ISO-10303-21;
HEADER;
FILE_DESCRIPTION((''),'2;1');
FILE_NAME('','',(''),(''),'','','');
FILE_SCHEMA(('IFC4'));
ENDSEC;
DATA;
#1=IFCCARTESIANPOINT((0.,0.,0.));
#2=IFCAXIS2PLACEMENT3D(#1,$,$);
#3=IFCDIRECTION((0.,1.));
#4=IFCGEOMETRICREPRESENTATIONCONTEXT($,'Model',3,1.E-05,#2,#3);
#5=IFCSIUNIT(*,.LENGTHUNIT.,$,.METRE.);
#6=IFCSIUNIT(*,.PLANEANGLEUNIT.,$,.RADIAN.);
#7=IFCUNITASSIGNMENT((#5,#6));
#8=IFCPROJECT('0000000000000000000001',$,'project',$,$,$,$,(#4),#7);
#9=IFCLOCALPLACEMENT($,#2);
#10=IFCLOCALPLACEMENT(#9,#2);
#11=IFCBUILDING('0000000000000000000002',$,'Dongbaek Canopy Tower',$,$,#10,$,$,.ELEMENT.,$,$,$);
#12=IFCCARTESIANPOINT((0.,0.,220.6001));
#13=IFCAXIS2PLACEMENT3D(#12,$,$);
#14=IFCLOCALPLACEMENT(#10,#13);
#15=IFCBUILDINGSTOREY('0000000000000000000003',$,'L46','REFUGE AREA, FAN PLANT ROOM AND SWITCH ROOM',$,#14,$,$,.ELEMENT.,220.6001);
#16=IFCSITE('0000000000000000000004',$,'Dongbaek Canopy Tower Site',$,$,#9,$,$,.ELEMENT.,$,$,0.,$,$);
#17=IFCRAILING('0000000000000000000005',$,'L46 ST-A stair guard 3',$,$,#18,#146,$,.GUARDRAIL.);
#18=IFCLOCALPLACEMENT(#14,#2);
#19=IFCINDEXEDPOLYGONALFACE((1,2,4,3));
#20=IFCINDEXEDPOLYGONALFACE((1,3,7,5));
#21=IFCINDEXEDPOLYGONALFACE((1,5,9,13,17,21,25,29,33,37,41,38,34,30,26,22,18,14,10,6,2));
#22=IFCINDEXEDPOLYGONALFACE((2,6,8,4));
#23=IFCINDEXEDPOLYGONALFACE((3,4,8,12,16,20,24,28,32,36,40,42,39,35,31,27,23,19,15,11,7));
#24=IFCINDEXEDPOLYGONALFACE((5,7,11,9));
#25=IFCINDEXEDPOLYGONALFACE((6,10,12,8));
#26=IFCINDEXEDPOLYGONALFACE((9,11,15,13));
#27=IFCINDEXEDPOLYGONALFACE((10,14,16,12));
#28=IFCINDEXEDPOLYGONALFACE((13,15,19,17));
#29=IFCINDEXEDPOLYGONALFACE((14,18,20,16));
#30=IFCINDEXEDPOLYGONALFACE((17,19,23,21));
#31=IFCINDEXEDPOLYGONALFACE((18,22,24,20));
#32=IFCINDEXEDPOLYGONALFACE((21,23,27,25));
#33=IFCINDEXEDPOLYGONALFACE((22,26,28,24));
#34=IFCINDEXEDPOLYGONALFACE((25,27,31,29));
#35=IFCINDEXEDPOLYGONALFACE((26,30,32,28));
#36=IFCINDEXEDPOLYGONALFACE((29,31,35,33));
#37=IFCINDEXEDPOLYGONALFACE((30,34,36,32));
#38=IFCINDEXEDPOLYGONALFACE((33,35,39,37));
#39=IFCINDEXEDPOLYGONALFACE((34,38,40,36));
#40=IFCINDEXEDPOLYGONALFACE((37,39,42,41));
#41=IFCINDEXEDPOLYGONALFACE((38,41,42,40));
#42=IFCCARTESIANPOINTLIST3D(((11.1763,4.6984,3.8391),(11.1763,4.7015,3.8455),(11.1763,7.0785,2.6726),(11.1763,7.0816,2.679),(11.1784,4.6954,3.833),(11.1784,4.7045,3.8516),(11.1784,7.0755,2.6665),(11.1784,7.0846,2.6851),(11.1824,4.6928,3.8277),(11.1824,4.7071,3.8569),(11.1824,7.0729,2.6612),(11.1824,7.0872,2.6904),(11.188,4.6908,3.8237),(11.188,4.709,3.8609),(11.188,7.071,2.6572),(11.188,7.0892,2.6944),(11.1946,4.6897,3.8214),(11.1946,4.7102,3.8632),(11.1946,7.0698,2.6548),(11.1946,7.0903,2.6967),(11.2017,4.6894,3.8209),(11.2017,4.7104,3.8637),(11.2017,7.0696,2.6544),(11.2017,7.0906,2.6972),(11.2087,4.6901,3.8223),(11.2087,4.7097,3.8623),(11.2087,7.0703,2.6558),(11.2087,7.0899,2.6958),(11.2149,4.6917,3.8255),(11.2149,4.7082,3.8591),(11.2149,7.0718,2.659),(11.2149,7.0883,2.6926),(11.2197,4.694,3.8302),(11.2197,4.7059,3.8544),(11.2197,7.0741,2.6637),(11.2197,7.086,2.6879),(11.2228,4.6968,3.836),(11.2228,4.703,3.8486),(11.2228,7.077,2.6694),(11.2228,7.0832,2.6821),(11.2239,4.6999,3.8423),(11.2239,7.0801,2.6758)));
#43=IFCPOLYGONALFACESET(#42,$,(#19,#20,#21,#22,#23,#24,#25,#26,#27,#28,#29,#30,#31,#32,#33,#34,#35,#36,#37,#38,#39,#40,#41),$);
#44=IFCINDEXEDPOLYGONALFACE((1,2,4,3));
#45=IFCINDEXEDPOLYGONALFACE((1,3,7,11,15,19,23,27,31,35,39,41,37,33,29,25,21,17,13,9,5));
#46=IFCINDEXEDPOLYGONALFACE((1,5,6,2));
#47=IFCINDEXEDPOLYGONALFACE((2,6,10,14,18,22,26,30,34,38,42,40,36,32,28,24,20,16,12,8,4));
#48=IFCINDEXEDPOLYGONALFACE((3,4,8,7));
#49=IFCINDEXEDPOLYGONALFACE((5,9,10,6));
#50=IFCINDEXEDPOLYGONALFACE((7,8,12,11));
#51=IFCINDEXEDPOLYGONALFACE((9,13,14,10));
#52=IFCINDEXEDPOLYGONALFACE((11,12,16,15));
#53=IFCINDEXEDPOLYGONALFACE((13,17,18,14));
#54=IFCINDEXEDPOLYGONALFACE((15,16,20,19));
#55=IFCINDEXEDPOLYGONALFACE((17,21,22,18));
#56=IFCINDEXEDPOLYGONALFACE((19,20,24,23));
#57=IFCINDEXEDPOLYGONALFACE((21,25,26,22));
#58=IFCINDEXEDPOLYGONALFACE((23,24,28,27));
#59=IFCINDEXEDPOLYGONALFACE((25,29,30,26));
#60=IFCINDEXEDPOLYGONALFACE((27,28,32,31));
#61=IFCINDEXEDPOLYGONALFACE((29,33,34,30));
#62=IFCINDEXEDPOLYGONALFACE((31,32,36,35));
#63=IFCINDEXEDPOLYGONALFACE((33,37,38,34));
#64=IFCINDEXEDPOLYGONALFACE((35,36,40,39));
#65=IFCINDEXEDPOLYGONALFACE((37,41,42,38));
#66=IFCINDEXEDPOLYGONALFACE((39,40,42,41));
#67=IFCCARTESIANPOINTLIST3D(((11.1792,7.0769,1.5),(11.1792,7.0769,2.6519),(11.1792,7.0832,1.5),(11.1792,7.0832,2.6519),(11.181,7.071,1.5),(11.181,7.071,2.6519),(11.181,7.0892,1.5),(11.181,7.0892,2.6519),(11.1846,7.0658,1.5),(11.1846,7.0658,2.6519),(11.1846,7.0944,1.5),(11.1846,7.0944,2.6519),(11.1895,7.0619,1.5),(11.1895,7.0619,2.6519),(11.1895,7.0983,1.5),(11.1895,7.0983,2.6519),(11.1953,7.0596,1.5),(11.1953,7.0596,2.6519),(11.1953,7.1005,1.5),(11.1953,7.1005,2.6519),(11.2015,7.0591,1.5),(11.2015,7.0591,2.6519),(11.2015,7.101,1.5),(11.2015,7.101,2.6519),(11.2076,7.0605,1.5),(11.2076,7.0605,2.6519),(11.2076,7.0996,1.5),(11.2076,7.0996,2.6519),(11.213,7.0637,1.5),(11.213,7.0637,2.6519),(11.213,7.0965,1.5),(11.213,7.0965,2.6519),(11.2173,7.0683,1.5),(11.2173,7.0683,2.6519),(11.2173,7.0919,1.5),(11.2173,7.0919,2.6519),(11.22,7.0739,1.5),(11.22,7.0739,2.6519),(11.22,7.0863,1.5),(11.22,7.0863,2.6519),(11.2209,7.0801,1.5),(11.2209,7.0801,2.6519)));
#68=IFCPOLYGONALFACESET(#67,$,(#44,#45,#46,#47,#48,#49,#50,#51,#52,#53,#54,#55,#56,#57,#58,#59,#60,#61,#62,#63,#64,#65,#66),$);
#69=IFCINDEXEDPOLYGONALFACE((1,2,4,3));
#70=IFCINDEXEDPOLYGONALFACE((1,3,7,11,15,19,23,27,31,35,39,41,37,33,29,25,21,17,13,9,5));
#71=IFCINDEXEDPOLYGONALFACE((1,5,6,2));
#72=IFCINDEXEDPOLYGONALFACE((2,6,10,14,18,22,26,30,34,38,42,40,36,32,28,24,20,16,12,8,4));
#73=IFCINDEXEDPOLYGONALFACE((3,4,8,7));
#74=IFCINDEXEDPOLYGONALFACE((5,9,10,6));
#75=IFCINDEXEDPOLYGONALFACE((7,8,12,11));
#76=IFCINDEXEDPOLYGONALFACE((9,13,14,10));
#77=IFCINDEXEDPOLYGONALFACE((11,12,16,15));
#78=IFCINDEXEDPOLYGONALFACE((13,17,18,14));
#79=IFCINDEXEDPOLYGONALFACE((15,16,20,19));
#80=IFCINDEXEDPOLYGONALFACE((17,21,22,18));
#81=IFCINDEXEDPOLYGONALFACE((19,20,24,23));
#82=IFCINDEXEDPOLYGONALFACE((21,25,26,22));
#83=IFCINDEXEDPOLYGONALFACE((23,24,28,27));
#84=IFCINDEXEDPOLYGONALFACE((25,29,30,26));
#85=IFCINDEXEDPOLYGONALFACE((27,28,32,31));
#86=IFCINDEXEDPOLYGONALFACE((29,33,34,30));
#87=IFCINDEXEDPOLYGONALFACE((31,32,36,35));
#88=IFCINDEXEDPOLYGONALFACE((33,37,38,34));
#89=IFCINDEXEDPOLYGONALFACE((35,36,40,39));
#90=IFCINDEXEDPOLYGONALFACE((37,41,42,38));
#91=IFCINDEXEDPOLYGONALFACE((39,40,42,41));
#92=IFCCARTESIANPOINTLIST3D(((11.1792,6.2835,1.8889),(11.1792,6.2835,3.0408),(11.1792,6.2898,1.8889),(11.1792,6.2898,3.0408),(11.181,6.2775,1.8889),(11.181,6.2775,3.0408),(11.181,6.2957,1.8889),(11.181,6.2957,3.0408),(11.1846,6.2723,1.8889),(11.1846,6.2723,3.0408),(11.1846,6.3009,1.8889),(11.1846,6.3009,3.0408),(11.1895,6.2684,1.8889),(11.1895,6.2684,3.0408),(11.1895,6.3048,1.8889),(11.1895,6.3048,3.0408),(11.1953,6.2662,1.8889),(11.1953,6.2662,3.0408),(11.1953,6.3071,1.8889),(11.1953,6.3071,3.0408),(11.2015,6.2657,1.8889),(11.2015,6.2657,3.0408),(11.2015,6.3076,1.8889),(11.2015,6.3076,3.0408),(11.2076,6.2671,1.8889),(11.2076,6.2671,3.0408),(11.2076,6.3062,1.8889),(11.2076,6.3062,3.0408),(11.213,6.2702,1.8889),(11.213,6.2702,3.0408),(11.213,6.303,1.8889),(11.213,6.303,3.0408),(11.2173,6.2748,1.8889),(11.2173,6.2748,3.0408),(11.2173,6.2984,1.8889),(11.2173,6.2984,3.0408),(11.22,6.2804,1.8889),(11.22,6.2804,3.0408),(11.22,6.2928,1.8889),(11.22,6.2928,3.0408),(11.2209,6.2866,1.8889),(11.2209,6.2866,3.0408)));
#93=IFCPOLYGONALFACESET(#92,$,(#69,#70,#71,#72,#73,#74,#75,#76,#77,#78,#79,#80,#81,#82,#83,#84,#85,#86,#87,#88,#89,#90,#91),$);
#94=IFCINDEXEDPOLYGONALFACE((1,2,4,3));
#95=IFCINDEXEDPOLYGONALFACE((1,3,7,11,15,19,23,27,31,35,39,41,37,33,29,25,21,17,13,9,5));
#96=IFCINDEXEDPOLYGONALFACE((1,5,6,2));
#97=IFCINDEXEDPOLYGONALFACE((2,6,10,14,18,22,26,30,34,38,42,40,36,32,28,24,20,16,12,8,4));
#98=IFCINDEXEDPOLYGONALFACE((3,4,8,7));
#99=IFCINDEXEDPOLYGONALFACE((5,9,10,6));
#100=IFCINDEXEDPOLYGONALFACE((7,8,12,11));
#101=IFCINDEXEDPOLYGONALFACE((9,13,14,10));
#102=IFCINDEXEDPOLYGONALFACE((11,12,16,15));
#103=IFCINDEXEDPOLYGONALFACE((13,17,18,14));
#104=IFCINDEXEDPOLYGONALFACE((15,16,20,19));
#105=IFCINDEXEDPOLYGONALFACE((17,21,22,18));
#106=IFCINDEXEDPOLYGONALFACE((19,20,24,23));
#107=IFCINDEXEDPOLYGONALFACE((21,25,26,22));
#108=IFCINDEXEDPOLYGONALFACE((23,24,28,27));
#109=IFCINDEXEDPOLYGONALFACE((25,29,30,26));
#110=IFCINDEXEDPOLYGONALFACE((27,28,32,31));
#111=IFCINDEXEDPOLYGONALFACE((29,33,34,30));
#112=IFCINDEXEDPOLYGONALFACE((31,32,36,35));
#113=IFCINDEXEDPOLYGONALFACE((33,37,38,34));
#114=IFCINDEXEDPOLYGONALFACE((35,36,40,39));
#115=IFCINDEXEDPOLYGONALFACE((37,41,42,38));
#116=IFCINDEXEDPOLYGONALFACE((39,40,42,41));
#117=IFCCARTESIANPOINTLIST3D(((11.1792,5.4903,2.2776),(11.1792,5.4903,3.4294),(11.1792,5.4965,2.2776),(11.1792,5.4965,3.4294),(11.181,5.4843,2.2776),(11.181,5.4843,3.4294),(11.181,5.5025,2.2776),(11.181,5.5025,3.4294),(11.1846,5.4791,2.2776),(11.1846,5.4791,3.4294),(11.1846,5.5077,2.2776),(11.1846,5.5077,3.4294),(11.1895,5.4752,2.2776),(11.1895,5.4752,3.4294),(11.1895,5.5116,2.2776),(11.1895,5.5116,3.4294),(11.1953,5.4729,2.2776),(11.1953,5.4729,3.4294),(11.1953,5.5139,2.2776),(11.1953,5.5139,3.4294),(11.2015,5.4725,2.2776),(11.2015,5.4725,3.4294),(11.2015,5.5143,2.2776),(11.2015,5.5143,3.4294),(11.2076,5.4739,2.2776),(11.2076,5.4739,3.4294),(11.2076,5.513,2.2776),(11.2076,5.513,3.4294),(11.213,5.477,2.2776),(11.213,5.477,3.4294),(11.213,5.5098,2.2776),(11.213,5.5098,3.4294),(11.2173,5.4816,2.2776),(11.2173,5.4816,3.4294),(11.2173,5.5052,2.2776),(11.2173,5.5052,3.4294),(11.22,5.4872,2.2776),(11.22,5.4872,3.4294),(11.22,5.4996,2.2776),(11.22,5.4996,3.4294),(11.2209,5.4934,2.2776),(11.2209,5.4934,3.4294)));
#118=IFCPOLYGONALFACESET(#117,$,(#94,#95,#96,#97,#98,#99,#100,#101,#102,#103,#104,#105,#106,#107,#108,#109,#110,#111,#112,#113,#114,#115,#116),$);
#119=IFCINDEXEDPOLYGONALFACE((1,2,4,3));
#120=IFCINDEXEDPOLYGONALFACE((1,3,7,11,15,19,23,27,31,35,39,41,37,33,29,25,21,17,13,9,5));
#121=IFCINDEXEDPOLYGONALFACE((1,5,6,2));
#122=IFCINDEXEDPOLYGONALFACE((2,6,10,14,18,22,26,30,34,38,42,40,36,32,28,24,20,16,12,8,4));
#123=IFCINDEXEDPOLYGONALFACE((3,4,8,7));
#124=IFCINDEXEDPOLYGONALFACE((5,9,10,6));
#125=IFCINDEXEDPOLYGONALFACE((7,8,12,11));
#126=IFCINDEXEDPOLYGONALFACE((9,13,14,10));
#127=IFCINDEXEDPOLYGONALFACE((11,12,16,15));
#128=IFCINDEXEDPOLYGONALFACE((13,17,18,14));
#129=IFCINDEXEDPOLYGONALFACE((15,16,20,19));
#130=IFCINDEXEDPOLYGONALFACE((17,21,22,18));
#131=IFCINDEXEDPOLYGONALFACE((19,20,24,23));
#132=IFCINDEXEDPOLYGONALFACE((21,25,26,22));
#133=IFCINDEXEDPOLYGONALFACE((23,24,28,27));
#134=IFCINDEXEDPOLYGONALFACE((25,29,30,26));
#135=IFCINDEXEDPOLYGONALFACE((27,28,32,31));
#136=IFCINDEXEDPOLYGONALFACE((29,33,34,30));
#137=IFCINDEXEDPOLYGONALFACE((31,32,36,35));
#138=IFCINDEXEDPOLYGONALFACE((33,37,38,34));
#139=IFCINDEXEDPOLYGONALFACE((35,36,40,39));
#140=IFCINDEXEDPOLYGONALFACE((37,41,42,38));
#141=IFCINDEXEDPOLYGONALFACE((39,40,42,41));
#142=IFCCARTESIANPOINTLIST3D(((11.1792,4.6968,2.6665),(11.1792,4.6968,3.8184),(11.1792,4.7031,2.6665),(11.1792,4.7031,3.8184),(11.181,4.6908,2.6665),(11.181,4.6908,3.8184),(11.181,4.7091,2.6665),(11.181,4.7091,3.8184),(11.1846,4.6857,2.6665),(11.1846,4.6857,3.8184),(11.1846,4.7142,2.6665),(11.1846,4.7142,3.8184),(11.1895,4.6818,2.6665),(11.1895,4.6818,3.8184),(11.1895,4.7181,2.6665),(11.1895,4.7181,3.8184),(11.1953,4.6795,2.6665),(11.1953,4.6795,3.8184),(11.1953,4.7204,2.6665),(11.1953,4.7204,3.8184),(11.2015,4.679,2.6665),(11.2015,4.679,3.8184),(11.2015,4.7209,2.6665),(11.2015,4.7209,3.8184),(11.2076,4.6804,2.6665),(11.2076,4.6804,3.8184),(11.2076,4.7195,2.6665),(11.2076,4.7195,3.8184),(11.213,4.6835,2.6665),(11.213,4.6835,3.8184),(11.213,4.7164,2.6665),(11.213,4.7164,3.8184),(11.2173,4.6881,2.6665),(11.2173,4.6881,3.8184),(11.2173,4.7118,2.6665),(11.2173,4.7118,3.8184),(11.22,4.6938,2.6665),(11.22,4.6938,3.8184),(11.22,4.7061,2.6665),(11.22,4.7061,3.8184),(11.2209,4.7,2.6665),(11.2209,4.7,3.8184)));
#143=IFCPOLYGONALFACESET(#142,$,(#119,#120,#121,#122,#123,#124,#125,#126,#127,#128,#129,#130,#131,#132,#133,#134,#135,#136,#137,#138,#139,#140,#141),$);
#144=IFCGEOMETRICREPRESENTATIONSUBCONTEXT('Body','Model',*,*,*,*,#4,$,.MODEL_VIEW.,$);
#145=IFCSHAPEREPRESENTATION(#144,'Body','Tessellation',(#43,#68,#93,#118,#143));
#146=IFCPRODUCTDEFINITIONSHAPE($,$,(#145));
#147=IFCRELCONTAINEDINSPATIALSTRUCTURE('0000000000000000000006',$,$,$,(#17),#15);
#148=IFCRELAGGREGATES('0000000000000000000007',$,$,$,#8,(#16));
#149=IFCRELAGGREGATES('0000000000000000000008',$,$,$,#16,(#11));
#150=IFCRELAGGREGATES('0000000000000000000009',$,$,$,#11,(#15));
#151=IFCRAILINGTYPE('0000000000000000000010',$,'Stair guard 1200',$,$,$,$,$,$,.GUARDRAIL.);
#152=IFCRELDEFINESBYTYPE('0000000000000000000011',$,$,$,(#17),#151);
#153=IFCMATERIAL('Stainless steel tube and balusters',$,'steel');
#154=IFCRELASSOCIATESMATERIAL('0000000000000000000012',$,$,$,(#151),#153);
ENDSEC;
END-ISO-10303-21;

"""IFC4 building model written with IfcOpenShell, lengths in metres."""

from ifc_helpers import new_model, si_unit, direction, frame, origin, origin_2d, place, context, subcontext, project, spatial, circle, extrude, material, type_object, element, save


model = new_model("IFC4")

# Units and contexts
model_context = context("Model", 3, precision=1e-05, world=origin(), true_north=direction((0.0, 1.0)))
body_context = subcontext(model_context, "Body", "Model", "MODEL_VIEW")
ifc_project = project(units=[si_unit("LENGTHUNIT", "METRE"), si_unit("PLANEANGLEUNIT", "RADIAN")], contexts=[model_context])

# Site, building, storey
site_placement = place(None, origin())
site = spatial("IfcSite", under=ifc_project, at=site_placement, Name="Dongbaek Canopy Tower Site", CompositionType="ELEMENT", RefElevation=0.0)
building_placement = place(site_placement, origin())
building = spatial("IfcBuilding", under=site, at=building_placement, Name="Dongbaek Canopy Tower", CompositionType="ELEMENT")
storey_placement = place(building_placement, frame((0.0, 0.0, 220.6001)))
storey = spatial("IfcBuildingStorey", under=building, at=storey_placement, Name="L46", Description="REFUGE AREA, FAN PLANT ROOM AND SWITCH ROOM", CompositionType="ELEMENT", Elevation=220.6001)

# Railing
ifc_material_1 = material(Name="Stainless steel tube and balusters", Category="steel")
railing_type = type_object("IfcRailingType", Name="Stair guard 1200", PredefinedType="GUARDRAIL", material=ifc_material_1)
railing_1_placement = place(storey_placement, frame((11.2, 7.0801, 1.5)))
element("IfcRailing", 1, at=railing_1_placement, inside=storey, type_object=railing_type, Name="L46 ST-A stair guard 3", PredefinedType="GUARDRAIL", context=body_context, shape_type="SweptSolid", body=[
    extrude(circle(Radius=0.0239, at=origin_2d()), frame((0.0, 0.0, 1.1758), z_axis=(0.0, -0.897954, 0.440089), x_axis=(1.0, 0.0, 0.0)), (0.0, 0.0, 1.0), 2.6506),
    extrude(circle(Radius=0.021, at=origin_2d()), origin(), (0.0, 0.0, 1.0), 1.1519),
    extrude(circle(Radius=0.021, at=origin_2d()), frame((0.0, -0.7935, 0.3889)), (0.0, 0.0, 1.0), 1.1519),
    extrude(circle(Radius=0.021, at=origin_2d()), frame((0.0, -1.5867, 0.7776)), (0.0, 0.0, 1.0), 1.1519),
    extrude(circle(Radius=0.021, at=origin_2d()), frame((0.0, -2.3801, 1.1665)), (0.0, 0.0, 1.0), 1.1519),
])

save(model, "model.ifc")
